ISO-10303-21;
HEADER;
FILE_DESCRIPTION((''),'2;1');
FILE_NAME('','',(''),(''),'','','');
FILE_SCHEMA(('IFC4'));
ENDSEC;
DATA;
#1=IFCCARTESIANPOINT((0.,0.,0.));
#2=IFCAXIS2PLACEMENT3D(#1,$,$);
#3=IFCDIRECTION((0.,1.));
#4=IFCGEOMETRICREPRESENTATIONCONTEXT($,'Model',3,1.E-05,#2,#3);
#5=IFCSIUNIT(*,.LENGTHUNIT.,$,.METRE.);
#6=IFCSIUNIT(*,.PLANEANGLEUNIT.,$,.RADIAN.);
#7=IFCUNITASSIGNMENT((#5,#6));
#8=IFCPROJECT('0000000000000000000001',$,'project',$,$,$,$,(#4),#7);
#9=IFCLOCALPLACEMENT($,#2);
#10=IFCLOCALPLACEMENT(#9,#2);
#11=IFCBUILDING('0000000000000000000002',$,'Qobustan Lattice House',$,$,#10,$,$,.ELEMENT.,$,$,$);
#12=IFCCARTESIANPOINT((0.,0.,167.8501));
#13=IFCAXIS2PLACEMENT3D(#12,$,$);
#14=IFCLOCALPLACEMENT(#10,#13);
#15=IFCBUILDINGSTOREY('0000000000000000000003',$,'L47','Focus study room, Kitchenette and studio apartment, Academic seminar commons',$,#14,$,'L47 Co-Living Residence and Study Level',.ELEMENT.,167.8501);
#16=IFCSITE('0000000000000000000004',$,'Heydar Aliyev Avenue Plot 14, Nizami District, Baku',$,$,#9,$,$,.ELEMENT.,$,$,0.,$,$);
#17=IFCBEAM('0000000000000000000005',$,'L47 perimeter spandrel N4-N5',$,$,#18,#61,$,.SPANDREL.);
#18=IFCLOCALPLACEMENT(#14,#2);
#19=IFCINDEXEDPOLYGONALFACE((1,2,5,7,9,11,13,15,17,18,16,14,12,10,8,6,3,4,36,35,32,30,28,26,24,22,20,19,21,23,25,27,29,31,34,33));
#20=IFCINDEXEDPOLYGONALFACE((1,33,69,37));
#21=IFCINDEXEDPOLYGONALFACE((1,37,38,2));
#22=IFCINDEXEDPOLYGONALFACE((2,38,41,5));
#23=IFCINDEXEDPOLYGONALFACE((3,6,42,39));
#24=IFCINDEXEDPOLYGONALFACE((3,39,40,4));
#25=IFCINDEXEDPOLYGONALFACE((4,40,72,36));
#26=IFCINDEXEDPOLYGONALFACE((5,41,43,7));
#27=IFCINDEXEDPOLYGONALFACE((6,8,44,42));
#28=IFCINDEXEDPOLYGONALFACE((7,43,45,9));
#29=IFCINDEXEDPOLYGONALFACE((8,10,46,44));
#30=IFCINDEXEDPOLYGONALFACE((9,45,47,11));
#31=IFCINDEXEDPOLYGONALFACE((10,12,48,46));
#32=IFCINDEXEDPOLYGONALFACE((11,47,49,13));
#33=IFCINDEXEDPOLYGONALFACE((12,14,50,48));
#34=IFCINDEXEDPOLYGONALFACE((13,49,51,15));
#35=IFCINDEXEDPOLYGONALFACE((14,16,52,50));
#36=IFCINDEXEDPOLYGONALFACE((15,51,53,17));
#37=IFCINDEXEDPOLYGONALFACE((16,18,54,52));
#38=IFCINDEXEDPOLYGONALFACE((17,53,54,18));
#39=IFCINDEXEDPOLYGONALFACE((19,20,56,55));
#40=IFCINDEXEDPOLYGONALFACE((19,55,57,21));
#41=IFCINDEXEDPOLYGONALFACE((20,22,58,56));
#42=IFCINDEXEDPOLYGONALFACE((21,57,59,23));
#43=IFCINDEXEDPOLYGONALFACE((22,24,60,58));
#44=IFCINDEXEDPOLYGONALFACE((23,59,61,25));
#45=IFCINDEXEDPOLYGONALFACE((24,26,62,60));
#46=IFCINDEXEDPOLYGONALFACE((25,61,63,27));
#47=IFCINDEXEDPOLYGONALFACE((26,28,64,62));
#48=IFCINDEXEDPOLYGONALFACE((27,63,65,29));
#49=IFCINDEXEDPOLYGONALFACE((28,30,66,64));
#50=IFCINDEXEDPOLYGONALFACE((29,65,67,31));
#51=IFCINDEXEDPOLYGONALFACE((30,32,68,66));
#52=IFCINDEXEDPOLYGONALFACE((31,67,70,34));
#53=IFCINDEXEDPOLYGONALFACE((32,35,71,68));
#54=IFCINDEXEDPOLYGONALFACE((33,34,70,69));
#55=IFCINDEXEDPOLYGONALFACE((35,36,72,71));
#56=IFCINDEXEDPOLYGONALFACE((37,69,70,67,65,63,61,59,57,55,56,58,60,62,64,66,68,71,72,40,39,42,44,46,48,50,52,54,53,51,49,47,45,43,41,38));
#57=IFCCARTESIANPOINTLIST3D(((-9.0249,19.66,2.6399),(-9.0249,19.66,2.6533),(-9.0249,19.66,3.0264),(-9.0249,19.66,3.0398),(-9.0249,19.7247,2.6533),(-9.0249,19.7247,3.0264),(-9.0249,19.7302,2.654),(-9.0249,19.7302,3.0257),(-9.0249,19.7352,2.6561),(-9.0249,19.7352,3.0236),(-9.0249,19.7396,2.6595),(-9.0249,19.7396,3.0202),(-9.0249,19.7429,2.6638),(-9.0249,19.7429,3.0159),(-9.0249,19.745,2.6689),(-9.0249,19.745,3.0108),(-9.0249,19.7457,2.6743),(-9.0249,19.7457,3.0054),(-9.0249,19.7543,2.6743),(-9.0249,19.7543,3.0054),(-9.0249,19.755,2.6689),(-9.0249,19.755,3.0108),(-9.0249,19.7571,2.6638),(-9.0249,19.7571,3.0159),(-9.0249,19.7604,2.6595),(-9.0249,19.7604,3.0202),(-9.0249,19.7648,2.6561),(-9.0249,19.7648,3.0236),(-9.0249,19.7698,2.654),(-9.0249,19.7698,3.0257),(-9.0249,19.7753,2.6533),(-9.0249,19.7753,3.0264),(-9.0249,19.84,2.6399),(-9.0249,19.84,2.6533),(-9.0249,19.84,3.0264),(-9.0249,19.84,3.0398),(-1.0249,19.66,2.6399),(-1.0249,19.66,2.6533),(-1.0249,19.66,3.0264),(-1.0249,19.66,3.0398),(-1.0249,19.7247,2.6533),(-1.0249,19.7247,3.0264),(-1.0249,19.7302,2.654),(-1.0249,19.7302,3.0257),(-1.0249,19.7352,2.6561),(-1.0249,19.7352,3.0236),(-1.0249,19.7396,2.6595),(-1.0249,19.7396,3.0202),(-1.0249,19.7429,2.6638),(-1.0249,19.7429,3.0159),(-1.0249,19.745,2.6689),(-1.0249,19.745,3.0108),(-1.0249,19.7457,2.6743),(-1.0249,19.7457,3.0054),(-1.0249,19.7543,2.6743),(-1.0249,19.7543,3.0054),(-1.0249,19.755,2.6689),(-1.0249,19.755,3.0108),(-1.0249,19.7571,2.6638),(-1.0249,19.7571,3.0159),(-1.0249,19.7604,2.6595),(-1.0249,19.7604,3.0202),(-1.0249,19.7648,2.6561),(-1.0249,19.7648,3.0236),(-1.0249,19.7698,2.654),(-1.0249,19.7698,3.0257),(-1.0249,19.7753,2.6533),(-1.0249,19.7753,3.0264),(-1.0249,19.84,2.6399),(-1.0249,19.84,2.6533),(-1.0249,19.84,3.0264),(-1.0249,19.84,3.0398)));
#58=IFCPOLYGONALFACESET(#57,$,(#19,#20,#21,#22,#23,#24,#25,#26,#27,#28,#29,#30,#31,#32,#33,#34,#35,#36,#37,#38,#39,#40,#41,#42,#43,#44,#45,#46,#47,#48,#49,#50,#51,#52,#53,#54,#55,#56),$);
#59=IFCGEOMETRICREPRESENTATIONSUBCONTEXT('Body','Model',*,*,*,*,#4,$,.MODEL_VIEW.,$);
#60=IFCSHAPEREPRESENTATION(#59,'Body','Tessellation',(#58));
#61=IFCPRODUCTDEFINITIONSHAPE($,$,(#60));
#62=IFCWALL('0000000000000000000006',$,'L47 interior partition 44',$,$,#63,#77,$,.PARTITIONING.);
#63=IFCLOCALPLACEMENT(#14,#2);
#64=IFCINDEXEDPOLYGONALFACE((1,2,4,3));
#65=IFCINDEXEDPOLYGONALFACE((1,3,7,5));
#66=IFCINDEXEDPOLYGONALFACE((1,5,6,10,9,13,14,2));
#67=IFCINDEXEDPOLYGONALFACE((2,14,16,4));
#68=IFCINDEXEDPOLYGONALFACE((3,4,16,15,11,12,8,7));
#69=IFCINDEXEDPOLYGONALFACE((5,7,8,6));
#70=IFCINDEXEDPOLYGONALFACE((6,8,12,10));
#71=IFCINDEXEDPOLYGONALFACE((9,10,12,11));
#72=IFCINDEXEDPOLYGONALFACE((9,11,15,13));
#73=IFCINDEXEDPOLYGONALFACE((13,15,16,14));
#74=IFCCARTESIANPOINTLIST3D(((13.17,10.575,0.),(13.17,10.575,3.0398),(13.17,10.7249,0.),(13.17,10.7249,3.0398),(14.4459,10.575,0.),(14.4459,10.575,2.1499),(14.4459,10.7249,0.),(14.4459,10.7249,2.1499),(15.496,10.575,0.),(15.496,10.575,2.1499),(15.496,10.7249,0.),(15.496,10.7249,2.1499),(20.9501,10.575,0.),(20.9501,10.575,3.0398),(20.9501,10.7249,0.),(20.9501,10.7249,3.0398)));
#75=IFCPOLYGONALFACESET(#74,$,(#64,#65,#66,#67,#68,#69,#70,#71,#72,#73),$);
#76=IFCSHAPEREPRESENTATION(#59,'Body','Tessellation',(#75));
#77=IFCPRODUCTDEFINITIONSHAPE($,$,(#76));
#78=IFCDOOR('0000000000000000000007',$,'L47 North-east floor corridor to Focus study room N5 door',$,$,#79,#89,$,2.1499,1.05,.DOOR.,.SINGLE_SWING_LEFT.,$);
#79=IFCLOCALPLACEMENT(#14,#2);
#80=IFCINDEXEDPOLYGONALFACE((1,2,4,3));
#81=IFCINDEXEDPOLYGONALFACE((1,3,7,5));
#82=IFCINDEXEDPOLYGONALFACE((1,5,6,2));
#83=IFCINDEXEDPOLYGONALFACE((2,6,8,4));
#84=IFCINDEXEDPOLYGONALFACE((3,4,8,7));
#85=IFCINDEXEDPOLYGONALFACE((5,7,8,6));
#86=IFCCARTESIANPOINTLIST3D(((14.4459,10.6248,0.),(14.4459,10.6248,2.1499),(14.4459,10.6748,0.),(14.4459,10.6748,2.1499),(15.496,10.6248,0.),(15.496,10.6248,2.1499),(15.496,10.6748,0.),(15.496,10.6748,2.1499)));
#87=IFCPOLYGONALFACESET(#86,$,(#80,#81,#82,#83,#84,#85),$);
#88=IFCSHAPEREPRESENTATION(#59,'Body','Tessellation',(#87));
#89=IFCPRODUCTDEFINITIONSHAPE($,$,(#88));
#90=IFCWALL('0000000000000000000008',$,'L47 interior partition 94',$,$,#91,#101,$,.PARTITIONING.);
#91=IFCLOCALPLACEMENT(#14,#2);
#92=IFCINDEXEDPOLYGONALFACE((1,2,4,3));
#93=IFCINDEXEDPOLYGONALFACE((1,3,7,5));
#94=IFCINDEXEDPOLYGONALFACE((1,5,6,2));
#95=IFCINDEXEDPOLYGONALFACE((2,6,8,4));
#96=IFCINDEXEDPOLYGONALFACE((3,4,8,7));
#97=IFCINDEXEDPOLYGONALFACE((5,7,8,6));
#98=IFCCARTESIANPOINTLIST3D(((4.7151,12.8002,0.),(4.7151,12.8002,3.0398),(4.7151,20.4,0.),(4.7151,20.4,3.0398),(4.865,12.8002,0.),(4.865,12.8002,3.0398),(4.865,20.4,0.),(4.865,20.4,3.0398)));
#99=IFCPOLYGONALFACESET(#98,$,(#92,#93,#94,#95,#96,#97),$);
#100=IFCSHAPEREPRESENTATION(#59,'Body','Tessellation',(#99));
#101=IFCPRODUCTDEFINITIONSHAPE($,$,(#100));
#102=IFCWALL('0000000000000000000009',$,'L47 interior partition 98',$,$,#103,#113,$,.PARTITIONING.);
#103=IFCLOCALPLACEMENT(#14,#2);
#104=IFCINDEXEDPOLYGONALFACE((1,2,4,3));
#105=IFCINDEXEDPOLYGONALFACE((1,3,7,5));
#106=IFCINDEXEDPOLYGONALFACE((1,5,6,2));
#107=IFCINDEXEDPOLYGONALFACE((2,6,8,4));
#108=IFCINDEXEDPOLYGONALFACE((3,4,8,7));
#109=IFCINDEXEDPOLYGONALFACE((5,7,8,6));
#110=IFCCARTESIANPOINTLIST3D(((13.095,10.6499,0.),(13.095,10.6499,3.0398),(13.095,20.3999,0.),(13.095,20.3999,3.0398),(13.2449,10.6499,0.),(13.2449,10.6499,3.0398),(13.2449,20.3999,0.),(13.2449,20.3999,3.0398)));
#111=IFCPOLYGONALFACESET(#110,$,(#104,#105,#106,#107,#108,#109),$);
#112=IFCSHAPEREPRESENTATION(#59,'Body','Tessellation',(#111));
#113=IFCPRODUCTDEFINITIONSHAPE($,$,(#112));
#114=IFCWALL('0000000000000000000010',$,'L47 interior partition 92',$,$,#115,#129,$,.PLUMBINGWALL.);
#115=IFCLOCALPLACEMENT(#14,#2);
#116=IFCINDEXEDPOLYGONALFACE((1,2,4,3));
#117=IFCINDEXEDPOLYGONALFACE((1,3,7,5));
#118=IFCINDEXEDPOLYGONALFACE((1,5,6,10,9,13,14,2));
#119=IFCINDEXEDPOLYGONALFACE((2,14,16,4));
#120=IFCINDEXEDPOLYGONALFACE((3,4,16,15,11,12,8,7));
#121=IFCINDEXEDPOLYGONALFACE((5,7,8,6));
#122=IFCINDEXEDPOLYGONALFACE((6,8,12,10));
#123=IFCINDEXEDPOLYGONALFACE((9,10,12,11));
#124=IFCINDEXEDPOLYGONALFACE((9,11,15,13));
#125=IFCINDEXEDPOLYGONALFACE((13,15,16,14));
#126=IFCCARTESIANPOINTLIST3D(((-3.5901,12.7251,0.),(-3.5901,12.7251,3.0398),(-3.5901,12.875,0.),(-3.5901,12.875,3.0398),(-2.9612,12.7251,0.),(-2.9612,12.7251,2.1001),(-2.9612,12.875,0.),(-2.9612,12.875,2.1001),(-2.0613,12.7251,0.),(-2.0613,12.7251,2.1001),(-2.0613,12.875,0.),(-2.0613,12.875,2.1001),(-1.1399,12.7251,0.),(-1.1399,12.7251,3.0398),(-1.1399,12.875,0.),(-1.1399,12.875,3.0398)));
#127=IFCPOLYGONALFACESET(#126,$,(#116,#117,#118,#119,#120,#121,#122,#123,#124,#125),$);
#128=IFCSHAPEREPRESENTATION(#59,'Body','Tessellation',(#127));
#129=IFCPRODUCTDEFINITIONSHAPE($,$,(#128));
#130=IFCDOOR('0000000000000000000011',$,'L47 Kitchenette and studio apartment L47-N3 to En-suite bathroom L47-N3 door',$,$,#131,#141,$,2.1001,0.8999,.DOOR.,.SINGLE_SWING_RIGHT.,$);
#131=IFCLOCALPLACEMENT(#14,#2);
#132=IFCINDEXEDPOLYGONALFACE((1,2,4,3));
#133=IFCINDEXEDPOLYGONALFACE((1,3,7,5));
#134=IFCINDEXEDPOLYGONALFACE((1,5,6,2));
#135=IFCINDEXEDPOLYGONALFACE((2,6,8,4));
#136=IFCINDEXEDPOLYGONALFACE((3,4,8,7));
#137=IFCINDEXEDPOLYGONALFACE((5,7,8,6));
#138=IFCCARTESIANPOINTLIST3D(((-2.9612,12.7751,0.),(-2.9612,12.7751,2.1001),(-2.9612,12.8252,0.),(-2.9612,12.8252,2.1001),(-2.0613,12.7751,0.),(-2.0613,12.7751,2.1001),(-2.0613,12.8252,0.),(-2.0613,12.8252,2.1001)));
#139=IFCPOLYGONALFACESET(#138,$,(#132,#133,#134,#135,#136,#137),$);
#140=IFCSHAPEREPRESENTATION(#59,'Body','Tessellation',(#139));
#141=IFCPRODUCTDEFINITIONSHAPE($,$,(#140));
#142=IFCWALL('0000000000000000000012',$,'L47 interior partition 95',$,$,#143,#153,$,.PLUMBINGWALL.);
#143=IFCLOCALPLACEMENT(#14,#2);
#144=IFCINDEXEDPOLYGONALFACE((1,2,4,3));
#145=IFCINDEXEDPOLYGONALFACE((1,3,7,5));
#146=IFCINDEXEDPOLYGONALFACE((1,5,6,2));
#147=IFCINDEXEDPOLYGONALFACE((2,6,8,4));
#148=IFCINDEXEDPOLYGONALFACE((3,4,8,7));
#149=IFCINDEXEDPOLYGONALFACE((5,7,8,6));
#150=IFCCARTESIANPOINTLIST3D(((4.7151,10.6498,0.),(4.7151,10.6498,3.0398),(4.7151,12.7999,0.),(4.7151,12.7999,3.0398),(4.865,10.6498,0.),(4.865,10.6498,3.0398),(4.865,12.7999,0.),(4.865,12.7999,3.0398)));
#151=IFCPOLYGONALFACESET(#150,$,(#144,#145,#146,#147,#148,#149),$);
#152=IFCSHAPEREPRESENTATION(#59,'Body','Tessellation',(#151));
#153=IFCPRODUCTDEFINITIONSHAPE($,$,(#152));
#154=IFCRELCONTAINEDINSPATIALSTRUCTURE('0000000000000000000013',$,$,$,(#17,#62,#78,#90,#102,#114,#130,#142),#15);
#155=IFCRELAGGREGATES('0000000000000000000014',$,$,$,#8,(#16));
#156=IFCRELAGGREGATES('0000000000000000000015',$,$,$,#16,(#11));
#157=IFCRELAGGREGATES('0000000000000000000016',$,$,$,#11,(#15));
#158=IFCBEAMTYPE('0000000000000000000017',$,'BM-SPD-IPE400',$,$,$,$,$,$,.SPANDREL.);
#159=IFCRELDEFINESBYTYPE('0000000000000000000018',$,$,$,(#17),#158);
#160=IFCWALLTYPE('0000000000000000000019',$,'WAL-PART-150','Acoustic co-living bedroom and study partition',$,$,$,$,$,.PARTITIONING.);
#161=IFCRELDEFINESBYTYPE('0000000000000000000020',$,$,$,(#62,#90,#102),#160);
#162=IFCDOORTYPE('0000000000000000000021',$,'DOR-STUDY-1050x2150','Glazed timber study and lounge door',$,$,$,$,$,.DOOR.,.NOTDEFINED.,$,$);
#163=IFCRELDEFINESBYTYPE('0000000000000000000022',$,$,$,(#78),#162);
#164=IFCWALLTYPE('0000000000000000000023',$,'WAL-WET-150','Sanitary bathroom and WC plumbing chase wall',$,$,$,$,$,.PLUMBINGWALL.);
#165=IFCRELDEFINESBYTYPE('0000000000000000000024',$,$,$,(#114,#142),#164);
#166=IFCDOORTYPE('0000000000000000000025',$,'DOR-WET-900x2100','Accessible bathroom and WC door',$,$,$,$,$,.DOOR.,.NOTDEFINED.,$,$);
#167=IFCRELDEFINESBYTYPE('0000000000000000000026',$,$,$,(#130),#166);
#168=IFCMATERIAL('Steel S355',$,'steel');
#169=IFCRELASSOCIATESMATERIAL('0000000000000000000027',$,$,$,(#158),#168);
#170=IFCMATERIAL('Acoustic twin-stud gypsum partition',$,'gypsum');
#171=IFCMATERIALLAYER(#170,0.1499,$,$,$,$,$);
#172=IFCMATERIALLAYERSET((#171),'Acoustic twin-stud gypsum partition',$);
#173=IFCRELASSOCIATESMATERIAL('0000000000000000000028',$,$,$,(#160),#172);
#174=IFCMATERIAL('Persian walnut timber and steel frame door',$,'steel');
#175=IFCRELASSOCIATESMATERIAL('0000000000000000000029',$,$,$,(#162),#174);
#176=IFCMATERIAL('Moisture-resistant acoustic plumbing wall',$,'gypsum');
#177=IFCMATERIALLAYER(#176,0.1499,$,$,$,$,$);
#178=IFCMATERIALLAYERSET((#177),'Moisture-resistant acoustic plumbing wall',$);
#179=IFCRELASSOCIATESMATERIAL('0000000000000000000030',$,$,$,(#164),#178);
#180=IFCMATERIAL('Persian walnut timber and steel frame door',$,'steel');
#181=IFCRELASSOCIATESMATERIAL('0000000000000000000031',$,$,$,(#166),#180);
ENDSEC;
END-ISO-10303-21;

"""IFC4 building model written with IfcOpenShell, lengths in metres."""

from ifc_helpers import new_model, si_unit, direction, frame, frame_2d, origin, origin_2d, place, context, subcontext, project, spatial, rectangle, i_section, extrude, material, layer, layer_set, material_profile, profile_set, type_object, element, fill, save


model = new_model("IFC4")

# Units and contexts
model_context = context("Model", 3, precision=1e-05, world=origin(), true_north=direction((0.0, 1.0)))
body_context = subcontext(model_context, "Body", "Model", "MODEL_VIEW")
ifc_project = project(units=[si_unit("LENGTHUNIT", "METRE"), si_unit("PLANEANGLEUNIT", "RADIAN")], contexts=[model_context])

# Site, building, storey
site_placement = place(None, origin())
site = spatial("IfcSite", under=ifc_project, at=site_placement, Name="Heydar Aliyev Avenue Plot 14, Nizami District, Baku", CompositionType="ELEMENT", RefElevation=0.0)
building_placement = place(site_placement, origin())
building = spatial("IfcBuilding", under=site, at=building_placement, Name="Qobustan Lattice House", CompositionType="ELEMENT")
storey_placement = place(building_placement, frame((0.0, 0.0, 167.8501)))
storey = spatial("IfcBuildingStorey", under=building, at=storey_placement, Name="L47", Description="Focus study room, Kitchenette and studio apartment, Academic seminar commons", LongName="L47 Co-Living Residence and Study Level", CompositionType="ELEMENT", Elevation=167.8501)

# Beam
ifc_material_1 = material(Name="Steel S355", Category="steel")
ifc_material_profile_1 = material_profile(ifc_material_1, i_section(OverallWidth=0.1799, OverallDepth=0.3999, WebThickness=0.0085, FlangeThickness=0.0134, FilletRadius=0.021, at=origin_2d()), Name="IPE400")
ifc_profile_set_1 = profile_set([ifc_material_profile_1], Name="Steel S355")
beam_type_1 = type_object("IfcBeamType", Name="BM-SPD-IPE400", PredefinedType="SPANDREL", material=ifc_profile_set_1)
for number, where, z_axis, x_axis, name in (
    (1, (-1.0249, 19.75, 2.8398), (-1.0, 0.0, 0.0), (0.0, -1.0, 0.0), "L47 perimeter spandrel N4-N5"),
):
    element("IfcBeam", number, at=place(storey_placement, frame(where, z_axis=z_axis, x_axis=x_axis)), inside=storey, type_object=beam_type_1, Name=name, PredefinedType="SPANDREL", context=body_context, shape_type="SweptSolid", body=[
        extrude(i_section(OverallWidth=0.1799, OverallDepth=0.3999, WebThickness=0.0085, FlangeThickness=0.0134, FilletRadius=0.021, at=origin_2d()), origin(), (0.0, 0.0, 1.0), 8.0),
    ])

# Wall, opening, door
ifc_material_2 = material(Name="Acoustic twin-stud gypsum partition", Category="gypsum")
ifc_layer_1 = layer(ifc_material_2, 0.1499)
ifc_layer_set_1 = layer_set([ifc_layer_1], Name="Acoustic twin-stud gypsum partition")
wall_type_1 = type_object("IfcWallType", Name="WAL-PART-150", Description="Acoustic co-living bedroom and study partition", PredefinedType="PARTITIONING", material=ifc_layer_set_1)
wall_1_placement = place(storey_placement, frame((13.1699, 10.6499, 0.0), z_axis=(0.0, 0.0, 1.0), x_axis=(1.0, 0.0, 0.0)))
wall_1 = element("IfcWall", 2, at=wall_1_placement, inside=storey, type_object=wall_type_1, Name="L47 interior partition 44", PredefinedType="PARTITIONING", context=body_context, shape_type="SweptSolid", body=[
    extrude(rectangle(XDim=7.78, YDim=0.1499, at=frame_2d((3.8901, 0.0))), origin(), (0.0, 0.0, 1.0), 3.0398),
])
opening_1_placement = place(wall_1_placement, frame((1.2761, 0.0, 0.0)))
opening_1 = element("IfcOpeningElement", 3, at=opening_1_placement, cuts=wall_1, PredefinedType="OPENING", context=body_context, shape_type="SweptSolid", body=[
    extrude(rectangle(XDim=1.05, YDim=2.1499, at=frame_2d((0.5249, 1.075))), frame((0.0, 0.085, 0.0), z_axis=(0.0, -1.0, 0.0), x_axis=(1.0, 0.0, 0.0)), (0.0, 0.0, 1.0), 0.1699),
])
ifc_material_3 = material(Name="Persian walnut timber and steel frame door", Category="steel")
door_type_1 = type_object("IfcDoorType", Name="DOR-STUDY-1050x2150", Description="Glazed timber study and lounge door", OperationType="NOTDEFINED", PredefinedType="DOOR", material=ifc_material_3)
door_1_placement = place(opening_1_placement, origin())
door_1 = element("IfcDoor", 4, at=door_1_placement, inside=storey, type_object=door_type_1, Name="L47 North-east floor corridor to Focus study room N5 door", OperationType="SINGLE_SWING_LEFT", OverallHeight=2.1499, OverallWidth=1.05, PredefinedType="DOOR", context=body_context, shape_type="SweptSolid", body=[
    extrude(rectangle(XDim=1.05, YDim=2.1499, at=frame_2d((0.5249, 1.075))), frame((0.0, 0.0249, 0.0), z_axis=(0.0, -1.0, 0.0), x_axis=(1.0, 0.0, 0.0)), (0.0, 0.0, 1.0), 0.05),
])
fill(opening_1, door_1)

# Walls
wall_2_placement = place(storey_placement, frame((4.79, 20.3999, 0.0), z_axis=(0.0, 0.0, 1.0), x_axis=(0.0, -1.0, 0.0)))
element("IfcWall", 5, at=wall_2_placement, inside=storey, type_object=wall_type_1, Name="L47 interior partition 94", PredefinedType="PARTITIONING", context=body_context, shape_type="SweptSolid", body=[
    extrude(rectangle(XDim=7.5999, YDim=0.1499, at=frame_2d((3.7998, 0.0))), origin(), (0.0, 0.0, 1.0), 3.0398),
])
wall_3_placement = place(storey_placement, frame((13.1699, 20.3999, 0.0), z_axis=(0.0, 0.0, 1.0), x_axis=(0.0, -1.0, 0.0)))
element("IfcWall", 6, at=wall_3_placement, inside=storey, type_object=wall_type_1, Name="L47 interior partition 98", PredefinedType="PARTITIONING", context=body_context, shape_type="SweptSolid", body=[
    extrude(rectangle(XDim=9.75, YDim=0.1499, at=frame_2d((4.875, 0.0))), origin(), (0.0, 0.0, 1.0), 3.0398),
])

# Wall, opening, door
ifc_material_4 = material(Name="Moisture-resistant acoustic plumbing wall", Category="gypsum")
ifc_layer_2 = layer(ifc_material_4, 0.1499)
ifc_layer_set_2 = layer_set([ifc_layer_2], Name="Moisture-resistant acoustic plumbing wall")
wall_type_2 = type_object("IfcWallType", Name="WAL-WET-150", Description="Sanitary bathroom and WC plumbing chase wall", PredefinedType="PLUMBINGWALL", material=ifc_layer_set_2)
wall_4_placement = place(storey_placement, frame((-1.1399, 12.8, 0.0), z_axis=(0.0, 0.0, 1.0), x_axis=(-1.0, 0.0, 0.0)))
wall_4 = element("IfcWall", 7, at=wall_4_placement, inside=storey, type_object=wall_type_2, Name="L47 interior partition 92", PredefinedType="PLUMBINGWALL", context=body_context, shape_type="SweptSolid", body=[
    extrude(rectangle(XDim=2.4502, YDim=0.1499, at=frame_2d((1.2251, 0.0))), origin(), (0.0, 0.0, 1.0), 3.0398),
])
opening_2_placement = place(wall_4_placement, frame((0.9214, 0.0, 0.0)))
opening_2 = element("IfcOpeningElement", 8, at=opening_2_placement, cuts=wall_4, PredefinedType="OPENING", context=body_context, shape_type="SweptSolid", body=[
    extrude(rectangle(XDim=0.8999, YDim=2.1001, at=frame_2d((0.45, 1.05))), frame((0.0, 0.085, 0.0), z_axis=(0.0, -1.0, 0.0), x_axis=(1.0, 0.0, 0.0)), (0.0, 0.0, 1.0), 0.1699),
])
ifc_material_5 = material(Name="Persian walnut timber and steel frame door", Category="steel")
door_type_2 = type_object("IfcDoorType", Name="DOR-WET-900x2100", Description="Accessible bathroom and WC door", OperationType="NOTDEFINED", PredefinedType="DOOR", material=ifc_material_5)
door_2_placement = place(opening_2_placement, origin())
door_2 = element("IfcDoor", 9, at=door_2_placement, inside=storey, type_object=door_type_2, Name="L47 Kitchenette and studio apartment L47-N3 to En-suite bathroom L47-N3 door", OperationType="SINGLE_SWING_RIGHT", OverallHeight=2.1001, OverallWidth=0.8999, PredefinedType="DOOR", context=body_context, shape_type="SweptSolid", body=[
    extrude(rectangle(XDim=0.8999, YDim=2.1001, at=frame_2d((0.45, 1.05))), frame((0.0, 0.0249, 0.0), z_axis=(0.0, -1.0, 0.0), x_axis=(1.0, 0.0, 0.0)), (0.0, 0.0, 1.0), 0.05),
])
fill(opening_2, door_2)

# Wall
wall_5_placement = place(storey_placement, frame((4.79, 12.8, 0.0), z_axis=(0.0, 0.0, 1.0), x_axis=(0.0, -1.0, 0.0)))
element("IfcWall", 10, at=wall_5_placement, inside=storey, type_object=wall_type_2, Name="L47 interior partition 95", PredefinedType="PLUMBINGWALL", context=body_context, shape_type="SweptSolid", body=[
    extrude(rectangle(XDim=2.1501, YDim=0.1499, at=frame_2d((1.0752, 0.0))), origin(), (0.0, 0.0, 1.0), 3.0398),
])

save(model, "model.ifc")
